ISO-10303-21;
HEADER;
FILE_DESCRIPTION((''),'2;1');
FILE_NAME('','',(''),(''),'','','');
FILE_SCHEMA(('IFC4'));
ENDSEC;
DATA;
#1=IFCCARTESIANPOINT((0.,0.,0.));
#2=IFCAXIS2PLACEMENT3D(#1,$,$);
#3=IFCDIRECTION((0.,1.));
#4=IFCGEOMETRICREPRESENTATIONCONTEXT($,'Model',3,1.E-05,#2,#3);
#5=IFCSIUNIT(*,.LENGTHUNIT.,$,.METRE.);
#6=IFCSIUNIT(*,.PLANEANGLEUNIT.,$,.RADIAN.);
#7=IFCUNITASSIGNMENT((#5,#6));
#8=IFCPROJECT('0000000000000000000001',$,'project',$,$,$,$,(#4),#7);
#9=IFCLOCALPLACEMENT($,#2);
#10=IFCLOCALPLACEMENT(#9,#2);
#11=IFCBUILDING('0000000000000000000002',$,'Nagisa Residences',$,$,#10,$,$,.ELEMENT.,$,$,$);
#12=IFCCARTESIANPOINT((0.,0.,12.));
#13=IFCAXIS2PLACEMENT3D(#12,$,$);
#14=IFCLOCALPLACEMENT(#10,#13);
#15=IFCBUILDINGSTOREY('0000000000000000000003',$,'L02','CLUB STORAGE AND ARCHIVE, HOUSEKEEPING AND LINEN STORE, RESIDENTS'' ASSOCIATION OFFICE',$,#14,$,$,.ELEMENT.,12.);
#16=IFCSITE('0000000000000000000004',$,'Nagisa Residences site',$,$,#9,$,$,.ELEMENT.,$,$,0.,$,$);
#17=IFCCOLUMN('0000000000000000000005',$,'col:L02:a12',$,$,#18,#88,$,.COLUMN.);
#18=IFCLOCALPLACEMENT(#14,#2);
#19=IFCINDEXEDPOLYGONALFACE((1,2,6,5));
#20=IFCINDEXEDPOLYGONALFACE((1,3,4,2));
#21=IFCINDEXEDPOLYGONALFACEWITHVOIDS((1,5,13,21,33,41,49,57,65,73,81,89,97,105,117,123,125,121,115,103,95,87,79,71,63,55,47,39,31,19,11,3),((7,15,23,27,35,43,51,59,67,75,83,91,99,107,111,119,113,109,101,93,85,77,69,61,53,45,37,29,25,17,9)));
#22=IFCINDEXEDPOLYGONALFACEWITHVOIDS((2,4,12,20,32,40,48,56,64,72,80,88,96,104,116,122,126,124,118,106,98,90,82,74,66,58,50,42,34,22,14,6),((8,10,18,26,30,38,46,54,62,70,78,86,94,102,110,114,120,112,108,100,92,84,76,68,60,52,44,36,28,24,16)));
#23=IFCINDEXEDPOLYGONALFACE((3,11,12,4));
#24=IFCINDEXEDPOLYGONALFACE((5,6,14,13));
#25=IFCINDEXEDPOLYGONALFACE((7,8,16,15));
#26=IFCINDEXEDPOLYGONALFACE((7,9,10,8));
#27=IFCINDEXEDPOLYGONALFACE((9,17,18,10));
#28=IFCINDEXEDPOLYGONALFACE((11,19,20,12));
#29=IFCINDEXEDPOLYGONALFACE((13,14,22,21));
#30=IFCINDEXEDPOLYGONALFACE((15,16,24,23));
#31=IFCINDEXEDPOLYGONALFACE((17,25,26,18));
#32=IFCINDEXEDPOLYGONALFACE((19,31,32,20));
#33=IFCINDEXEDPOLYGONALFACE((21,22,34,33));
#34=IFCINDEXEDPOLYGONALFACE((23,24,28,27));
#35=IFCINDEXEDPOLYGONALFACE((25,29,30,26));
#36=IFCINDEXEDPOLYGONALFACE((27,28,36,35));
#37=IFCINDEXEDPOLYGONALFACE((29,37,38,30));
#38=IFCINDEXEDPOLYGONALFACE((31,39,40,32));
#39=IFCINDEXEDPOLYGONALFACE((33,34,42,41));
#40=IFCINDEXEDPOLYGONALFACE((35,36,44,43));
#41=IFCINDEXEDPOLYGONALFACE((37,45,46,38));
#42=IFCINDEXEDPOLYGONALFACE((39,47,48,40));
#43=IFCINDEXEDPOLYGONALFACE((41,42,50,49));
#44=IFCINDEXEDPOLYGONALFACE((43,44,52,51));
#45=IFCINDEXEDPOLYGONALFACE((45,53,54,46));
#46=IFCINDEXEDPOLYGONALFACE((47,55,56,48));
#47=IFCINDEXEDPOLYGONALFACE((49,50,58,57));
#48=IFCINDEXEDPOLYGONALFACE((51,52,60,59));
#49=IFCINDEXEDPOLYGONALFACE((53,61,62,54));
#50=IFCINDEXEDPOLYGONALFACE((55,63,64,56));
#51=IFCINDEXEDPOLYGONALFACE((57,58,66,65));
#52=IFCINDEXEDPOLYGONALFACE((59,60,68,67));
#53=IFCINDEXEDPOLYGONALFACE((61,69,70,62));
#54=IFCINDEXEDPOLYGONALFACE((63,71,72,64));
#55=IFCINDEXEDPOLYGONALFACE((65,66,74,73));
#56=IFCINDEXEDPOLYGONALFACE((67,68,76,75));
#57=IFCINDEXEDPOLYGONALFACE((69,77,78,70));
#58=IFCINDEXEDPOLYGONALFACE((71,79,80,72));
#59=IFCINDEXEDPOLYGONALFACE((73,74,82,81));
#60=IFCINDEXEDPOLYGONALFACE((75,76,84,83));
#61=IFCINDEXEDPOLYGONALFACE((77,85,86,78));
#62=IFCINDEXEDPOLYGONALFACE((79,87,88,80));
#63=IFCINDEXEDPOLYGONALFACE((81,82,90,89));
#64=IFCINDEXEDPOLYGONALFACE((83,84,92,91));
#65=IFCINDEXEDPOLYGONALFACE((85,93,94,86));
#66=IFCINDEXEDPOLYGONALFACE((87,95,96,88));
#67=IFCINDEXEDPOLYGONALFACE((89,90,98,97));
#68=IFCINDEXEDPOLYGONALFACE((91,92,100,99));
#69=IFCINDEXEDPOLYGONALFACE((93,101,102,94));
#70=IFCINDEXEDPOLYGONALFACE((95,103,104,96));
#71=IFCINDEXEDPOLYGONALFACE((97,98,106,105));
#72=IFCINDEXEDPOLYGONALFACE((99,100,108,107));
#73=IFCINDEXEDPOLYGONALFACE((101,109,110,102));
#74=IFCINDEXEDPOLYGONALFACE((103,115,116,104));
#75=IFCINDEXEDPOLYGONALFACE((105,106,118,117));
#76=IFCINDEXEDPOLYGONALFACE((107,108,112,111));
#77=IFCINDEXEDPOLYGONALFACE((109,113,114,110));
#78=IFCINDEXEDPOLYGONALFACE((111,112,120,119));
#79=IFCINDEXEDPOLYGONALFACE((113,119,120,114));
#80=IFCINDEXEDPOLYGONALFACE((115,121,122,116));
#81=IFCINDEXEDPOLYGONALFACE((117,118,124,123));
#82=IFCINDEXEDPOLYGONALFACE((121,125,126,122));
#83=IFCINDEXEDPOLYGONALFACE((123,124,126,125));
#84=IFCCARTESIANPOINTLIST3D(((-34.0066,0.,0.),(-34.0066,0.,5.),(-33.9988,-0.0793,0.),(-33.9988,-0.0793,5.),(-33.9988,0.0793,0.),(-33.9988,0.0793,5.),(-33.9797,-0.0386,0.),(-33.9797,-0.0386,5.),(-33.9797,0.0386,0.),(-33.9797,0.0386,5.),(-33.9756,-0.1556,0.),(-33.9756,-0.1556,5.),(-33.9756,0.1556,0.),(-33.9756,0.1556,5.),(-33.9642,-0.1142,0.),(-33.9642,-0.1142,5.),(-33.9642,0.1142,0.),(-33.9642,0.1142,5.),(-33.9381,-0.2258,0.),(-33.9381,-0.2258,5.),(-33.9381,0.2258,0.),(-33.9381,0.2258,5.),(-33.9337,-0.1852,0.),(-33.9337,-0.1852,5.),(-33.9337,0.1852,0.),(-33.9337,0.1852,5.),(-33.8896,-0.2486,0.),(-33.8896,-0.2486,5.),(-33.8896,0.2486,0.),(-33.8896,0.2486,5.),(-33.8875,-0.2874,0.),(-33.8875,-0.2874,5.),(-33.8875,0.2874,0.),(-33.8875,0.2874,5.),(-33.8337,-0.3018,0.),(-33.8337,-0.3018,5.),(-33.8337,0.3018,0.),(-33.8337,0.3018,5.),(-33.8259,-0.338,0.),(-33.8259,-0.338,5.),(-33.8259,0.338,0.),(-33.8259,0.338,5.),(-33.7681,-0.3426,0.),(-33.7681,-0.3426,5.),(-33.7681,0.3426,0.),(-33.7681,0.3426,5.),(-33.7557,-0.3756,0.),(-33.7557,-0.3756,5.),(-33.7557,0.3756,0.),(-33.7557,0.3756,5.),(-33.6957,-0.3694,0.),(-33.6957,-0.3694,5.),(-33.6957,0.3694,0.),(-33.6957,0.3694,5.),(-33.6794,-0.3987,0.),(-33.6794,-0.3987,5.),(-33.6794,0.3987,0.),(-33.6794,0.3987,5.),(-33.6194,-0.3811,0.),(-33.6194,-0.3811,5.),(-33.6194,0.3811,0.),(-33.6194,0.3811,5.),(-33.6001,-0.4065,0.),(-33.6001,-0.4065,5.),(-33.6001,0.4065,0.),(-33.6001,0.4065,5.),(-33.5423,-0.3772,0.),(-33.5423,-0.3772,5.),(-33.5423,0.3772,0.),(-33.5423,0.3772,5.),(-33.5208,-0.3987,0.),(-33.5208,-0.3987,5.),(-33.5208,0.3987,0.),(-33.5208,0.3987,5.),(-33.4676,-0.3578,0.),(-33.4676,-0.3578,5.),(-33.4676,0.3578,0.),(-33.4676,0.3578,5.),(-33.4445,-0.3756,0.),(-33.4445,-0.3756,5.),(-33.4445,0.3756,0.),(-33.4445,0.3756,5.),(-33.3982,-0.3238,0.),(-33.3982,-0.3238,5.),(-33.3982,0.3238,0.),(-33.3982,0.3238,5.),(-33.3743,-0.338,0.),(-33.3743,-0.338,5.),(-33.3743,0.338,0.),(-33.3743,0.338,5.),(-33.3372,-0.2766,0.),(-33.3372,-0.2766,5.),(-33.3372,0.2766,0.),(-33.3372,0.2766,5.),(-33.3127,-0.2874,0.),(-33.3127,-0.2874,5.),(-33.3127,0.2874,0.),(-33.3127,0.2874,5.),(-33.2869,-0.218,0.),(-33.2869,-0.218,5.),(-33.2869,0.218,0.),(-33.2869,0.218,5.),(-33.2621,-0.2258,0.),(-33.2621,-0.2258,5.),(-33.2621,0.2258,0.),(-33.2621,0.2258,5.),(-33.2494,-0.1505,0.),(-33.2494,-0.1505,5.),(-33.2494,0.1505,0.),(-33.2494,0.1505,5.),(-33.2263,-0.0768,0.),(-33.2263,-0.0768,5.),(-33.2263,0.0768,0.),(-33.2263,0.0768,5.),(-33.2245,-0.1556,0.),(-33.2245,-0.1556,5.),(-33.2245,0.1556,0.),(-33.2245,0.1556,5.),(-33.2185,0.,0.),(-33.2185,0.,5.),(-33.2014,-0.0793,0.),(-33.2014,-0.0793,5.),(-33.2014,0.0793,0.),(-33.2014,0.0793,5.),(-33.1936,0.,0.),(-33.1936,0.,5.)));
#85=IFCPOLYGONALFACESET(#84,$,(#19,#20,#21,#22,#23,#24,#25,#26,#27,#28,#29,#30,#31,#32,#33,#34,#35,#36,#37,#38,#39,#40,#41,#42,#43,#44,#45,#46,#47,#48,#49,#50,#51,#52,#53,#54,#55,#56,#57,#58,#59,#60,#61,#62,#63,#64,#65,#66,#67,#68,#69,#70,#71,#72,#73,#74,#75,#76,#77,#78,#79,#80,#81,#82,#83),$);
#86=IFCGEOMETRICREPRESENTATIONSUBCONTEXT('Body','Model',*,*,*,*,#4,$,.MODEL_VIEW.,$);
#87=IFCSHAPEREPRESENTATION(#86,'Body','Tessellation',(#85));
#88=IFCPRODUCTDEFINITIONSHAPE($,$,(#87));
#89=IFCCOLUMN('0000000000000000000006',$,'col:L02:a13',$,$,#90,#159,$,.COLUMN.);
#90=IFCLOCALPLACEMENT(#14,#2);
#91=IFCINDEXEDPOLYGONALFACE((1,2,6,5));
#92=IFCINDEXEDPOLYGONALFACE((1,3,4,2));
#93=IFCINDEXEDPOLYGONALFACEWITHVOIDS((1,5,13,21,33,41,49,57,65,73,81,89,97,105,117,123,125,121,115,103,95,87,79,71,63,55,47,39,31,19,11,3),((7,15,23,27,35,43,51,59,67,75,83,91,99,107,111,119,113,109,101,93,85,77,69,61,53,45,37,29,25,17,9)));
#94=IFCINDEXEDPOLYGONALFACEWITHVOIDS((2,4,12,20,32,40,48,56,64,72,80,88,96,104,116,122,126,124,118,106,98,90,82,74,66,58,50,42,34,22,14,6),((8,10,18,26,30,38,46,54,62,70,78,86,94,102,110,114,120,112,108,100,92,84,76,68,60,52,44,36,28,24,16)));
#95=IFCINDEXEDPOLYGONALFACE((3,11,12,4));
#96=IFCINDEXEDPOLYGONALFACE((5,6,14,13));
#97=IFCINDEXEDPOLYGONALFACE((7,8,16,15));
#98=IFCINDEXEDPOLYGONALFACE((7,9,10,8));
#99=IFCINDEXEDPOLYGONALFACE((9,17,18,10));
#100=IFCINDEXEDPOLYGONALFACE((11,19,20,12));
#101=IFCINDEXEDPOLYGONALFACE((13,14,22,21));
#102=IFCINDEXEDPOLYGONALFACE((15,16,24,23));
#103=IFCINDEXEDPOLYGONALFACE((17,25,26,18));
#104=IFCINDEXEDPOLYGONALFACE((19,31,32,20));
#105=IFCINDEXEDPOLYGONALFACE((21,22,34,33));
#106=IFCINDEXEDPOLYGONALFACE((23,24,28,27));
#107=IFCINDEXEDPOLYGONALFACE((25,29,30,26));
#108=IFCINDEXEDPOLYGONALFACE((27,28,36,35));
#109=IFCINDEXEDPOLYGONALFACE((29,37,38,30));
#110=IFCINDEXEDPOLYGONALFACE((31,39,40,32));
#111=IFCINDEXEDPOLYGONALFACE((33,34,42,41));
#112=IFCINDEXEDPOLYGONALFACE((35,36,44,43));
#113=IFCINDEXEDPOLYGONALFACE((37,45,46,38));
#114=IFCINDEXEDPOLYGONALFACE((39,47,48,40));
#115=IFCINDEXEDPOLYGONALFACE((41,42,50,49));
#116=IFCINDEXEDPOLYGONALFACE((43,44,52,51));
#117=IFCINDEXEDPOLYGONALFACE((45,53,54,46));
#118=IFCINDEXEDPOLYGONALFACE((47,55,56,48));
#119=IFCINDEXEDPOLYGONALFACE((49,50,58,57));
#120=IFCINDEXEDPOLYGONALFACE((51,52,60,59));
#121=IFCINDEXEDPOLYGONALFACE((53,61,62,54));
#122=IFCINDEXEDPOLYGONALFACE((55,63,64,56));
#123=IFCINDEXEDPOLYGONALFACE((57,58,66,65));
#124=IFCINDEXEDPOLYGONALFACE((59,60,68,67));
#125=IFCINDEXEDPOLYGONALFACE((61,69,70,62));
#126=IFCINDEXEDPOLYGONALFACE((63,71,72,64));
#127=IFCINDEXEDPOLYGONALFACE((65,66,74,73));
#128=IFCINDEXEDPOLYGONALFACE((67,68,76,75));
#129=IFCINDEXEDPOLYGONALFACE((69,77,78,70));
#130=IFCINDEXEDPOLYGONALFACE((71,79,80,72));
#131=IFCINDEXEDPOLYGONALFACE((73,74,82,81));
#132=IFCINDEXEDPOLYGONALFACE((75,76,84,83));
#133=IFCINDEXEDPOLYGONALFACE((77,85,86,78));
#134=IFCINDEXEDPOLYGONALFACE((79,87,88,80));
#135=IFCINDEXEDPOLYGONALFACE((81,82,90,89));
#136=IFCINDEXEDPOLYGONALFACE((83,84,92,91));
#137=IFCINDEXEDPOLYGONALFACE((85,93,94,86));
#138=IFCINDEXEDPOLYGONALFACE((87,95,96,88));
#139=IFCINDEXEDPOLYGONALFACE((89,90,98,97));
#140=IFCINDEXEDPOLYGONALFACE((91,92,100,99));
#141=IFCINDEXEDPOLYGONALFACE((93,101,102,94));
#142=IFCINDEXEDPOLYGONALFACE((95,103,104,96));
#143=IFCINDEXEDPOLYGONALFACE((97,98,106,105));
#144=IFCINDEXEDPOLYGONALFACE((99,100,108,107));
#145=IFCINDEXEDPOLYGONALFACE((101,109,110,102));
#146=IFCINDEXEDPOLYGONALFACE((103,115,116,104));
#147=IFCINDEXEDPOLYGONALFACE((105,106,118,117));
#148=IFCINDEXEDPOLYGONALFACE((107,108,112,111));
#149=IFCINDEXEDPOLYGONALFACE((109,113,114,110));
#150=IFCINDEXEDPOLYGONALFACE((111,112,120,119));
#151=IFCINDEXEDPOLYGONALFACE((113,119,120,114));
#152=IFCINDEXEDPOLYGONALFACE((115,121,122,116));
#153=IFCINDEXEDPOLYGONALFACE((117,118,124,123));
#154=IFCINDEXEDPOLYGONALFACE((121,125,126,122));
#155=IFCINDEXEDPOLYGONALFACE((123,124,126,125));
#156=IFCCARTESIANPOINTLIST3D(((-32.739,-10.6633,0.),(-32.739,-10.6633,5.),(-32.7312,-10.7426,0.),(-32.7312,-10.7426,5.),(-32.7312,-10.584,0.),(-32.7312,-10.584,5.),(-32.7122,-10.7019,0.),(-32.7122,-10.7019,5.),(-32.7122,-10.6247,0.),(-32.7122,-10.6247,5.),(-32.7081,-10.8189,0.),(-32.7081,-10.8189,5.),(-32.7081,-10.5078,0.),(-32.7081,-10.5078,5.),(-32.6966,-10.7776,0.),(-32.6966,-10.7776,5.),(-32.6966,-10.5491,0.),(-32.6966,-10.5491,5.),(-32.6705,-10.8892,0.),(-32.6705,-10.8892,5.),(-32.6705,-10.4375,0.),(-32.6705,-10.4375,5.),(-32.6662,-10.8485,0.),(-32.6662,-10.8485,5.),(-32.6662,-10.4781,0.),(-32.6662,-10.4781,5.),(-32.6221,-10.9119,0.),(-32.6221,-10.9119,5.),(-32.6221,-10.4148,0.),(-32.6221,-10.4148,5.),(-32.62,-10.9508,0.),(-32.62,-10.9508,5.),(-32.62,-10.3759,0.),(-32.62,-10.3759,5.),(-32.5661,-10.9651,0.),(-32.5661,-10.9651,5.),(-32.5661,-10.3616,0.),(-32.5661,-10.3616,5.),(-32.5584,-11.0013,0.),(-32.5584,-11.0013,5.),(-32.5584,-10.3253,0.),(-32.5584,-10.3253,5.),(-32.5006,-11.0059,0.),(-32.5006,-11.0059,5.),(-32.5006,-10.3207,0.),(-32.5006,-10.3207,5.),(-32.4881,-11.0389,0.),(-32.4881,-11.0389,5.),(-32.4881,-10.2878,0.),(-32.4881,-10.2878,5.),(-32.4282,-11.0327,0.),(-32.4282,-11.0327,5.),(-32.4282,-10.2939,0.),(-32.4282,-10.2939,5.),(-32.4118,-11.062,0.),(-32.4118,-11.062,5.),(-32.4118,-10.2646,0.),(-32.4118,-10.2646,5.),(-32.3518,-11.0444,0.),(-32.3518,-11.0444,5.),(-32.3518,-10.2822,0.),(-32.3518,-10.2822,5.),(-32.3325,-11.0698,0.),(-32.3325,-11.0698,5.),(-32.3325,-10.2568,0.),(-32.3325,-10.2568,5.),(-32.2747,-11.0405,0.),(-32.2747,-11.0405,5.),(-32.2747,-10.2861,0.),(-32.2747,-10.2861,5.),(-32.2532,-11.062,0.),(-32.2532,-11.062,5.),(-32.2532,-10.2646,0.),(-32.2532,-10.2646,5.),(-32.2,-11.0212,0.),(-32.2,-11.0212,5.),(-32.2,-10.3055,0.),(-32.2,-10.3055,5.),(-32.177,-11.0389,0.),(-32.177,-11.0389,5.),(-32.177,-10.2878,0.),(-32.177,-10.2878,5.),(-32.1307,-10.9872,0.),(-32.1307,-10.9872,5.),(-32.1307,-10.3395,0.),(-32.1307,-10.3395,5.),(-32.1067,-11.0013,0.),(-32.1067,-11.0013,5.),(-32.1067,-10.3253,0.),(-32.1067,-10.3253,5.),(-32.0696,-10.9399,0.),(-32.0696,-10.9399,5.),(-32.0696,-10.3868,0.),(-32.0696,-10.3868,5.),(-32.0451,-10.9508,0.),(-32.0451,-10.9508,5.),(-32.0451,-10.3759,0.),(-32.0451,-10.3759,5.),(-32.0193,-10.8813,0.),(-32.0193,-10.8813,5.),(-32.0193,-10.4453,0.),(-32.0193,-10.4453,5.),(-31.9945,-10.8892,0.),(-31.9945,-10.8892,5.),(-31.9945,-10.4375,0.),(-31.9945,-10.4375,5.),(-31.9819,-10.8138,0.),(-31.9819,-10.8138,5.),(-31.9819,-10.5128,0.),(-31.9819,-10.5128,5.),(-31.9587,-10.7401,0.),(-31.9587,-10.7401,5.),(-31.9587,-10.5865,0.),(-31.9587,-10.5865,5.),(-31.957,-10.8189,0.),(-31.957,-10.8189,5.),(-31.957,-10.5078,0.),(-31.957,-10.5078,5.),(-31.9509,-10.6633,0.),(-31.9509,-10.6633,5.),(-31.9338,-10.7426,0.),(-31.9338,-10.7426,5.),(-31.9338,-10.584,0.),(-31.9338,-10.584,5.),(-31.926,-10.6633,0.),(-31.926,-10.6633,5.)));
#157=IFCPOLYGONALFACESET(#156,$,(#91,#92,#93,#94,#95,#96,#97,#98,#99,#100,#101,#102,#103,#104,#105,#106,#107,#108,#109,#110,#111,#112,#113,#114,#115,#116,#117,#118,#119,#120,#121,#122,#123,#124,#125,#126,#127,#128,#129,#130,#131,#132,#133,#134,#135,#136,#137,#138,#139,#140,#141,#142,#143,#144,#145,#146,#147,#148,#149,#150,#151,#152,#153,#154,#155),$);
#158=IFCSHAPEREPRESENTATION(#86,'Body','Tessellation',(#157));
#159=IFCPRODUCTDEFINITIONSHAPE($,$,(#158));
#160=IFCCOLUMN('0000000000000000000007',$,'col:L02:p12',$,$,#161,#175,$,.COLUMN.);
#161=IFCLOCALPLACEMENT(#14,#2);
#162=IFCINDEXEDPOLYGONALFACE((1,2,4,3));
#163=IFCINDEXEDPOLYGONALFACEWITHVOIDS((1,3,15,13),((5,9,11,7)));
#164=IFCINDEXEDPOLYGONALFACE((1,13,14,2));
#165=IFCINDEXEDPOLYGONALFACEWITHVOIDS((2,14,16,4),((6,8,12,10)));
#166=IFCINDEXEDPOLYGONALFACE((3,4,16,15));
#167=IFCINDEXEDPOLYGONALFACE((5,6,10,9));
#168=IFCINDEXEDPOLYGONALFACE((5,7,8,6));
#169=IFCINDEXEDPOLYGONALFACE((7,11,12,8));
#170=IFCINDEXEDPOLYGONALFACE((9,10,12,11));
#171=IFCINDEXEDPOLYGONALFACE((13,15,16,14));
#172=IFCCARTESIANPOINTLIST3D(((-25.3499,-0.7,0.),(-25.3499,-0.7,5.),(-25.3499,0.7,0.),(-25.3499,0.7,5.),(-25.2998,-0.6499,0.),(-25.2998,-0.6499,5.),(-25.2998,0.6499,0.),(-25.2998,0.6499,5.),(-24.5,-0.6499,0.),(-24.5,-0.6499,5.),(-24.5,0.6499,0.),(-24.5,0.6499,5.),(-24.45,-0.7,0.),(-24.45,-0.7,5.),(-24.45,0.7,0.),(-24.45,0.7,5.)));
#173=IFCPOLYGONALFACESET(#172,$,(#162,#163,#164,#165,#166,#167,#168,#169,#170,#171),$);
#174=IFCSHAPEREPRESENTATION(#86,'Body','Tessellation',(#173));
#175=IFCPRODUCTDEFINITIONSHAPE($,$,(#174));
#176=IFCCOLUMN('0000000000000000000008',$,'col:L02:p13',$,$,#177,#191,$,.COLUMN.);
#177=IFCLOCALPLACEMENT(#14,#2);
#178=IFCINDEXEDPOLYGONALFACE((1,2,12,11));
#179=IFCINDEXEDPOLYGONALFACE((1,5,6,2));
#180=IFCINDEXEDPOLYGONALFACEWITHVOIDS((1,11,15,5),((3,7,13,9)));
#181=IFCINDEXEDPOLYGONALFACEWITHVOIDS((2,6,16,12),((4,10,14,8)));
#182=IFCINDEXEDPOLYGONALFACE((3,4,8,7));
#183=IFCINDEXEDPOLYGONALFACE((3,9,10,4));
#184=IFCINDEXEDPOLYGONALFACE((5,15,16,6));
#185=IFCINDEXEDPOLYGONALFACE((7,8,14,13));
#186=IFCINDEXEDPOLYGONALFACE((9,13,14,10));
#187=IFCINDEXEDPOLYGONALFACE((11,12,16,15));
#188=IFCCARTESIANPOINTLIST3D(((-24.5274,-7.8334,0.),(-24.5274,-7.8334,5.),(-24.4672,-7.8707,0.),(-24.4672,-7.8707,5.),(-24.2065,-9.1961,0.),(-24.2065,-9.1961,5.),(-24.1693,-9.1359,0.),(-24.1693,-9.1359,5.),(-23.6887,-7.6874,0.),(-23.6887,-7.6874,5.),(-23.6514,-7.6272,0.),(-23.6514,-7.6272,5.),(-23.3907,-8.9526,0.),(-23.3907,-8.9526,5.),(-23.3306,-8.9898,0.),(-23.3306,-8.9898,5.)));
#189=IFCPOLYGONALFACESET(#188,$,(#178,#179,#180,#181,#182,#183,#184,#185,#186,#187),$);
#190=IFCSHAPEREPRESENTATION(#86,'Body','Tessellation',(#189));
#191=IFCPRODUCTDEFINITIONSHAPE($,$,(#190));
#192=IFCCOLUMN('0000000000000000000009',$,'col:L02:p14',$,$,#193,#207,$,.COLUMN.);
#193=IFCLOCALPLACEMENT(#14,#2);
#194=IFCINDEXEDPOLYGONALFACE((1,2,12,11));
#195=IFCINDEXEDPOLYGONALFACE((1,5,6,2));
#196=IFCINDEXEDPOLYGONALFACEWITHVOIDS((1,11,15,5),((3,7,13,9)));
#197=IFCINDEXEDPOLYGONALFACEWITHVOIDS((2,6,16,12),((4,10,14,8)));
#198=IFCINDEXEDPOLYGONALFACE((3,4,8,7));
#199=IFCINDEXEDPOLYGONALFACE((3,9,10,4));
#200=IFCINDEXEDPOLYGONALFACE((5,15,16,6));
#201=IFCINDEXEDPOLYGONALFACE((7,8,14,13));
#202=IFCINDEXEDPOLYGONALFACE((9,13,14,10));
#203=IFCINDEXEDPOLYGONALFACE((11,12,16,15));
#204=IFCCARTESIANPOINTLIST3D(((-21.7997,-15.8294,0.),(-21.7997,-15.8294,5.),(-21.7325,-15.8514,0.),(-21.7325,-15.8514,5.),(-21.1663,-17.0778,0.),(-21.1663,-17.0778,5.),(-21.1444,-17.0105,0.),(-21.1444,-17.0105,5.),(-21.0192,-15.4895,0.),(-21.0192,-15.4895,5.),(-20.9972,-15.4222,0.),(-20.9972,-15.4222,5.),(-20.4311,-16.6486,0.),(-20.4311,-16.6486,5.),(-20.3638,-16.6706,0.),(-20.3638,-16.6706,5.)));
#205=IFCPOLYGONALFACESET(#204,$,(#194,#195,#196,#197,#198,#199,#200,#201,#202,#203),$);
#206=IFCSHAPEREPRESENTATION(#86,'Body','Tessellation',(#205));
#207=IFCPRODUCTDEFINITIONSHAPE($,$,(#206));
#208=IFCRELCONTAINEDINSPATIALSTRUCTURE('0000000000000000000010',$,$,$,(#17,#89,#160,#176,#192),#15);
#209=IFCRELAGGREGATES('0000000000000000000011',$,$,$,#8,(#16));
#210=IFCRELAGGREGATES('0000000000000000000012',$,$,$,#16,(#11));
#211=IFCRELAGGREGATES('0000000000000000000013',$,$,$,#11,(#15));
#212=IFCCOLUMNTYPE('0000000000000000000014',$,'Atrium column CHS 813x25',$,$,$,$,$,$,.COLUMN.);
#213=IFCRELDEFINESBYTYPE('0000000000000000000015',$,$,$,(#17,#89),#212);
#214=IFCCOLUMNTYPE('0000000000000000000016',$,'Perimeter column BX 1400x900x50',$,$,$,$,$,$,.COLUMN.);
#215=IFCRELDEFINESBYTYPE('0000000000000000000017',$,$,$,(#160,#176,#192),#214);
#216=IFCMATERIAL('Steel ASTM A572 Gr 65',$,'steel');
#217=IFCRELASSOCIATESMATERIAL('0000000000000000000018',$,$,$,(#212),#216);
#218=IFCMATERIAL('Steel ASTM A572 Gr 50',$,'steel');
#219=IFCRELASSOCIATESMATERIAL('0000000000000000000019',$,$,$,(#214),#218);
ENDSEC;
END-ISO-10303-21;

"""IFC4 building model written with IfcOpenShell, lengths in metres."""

from ifc_helpers import new_model, si_unit, direction, frame, origin, origin_2d, place, context, subcontext, project, spatial, hollow_rectangle, hollow_circle, extrude, material, material_profile, profile_set, type_object, element, save


model = new_model("IFC4")

# Units and contexts
model_context = context("Model", 3, precision=1e-05, world=origin(), true_north=direction((0.0, 1.0)))
body_context = subcontext(model_context, "Body", "Model", "MODEL_VIEW")
ifc_project = project(units=[si_unit("LENGTHUNIT", "METRE"), si_unit("PLANEANGLEUNIT", "RADIAN")], contexts=[model_context])

# Site, building, storey
site_placement = place(None, origin())
site = spatial("IfcSite", under=ifc_project, at=site_placement, Name="Nagisa Residences site", CompositionType="ELEMENT", RefElevation=0.0)
building_placement = place(site_placement, origin())
building = spatial("IfcBuilding", under=site, at=building_placement, Name="Nagisa Residences", CompositionType="ELEMENT")
storey_placement = place(building_placement, frame((0.0, 0.0, 12.0)))
storey = spatial("IfcBuildingStorey", under=building, at=storey_placement, Name="L02", Description="CLUB STORAGE AND ARCHIVE, HOUSEKEEPING AND LINEN STORE, RESIDENTS' ASSOCIATION OFFICE", CompositionType="ELEMENT", Elevation=12.0)

# Columns
ifc_material_1 = material(Name="Steel ASTM A572 Gr 65", Category="steel")
ifc_material_profile_1 = material_profile(ifc_material_1, hollow_circle(Radius=0.4065, WallThickness=0.0249, at=origin_2d()), Name="CHS 813x25")
ifc_profile_set_1 = profile_set([ifc_material_profile_1], Name="Steel ASTM A572 Gr 65")
column_type_1 = type_object("IfcColumnType", Name="Atrium column CHS 813x25", PredefinedType="COLUMN", material=ifc_profile_set_1)
for number, where, z_axis, x_axis, name in (
    (1, (-33.6001, 0.0, 0.0), (0.0, 0.0, 1.0), (1.0, 0.0, 0.0), "col:L02:a12"),
    (2, (-32.3325, -10.6633, 0.0), (0.0, 0.0, 1.0), (1.0, 0.0, 0.0), "col:L02:a13"),
):
    element("IfcColumn", number, at=place(storey_placement, frame(where, z_axis=z_axis, x_axis=x_axis)), inside=storey, type_object=column_type_1, Name=name, PredefinedType="COLUMN", context=body_context, shape_type="SweptSolid", body=[
        extrude(hollow_circle(Radius=0.4065, WallThickness=0.0249, at=origin_2d()), origin(), (0.0, 0.0, 1.0), 5.0),
    ])
ifc_material_2 = material(Name="Steel ASTM A572 Gr 50", Category="steel")
ifc_material_profile_2 = material_profile(ifc_material_2, hollow_rectangle(XDim=1.3999, YDim=0.8999, WallThickness=0.05, at=origin_2d()), Name="BX 1400x900x50")
ifc_profile_set_2 = profile_set([ifc_material_profile_2], Name="Steel ASTM A572 Gr 50")
column_type_2 = type_object("IfcColumnType", Name="Perimeter column BX 1400x900x50", PredefinedType="COLUMN", material=ifc_profile_set_2)
for number, where, z_axis, x_axis, name in (
    (3, (-24.8999, 0.0, 0.0), (0.0, 0.0, 1.0), (0.0, -1.0, 0.0), "col:L02:p12"),
    (4, (-23.929, -8.4116, 0.0), (0.0, 0.0, 1.0), (0.229202, -0.973379, 0.0), "col:L02:p13"),
    (5, (-21.0818, -16.25, 0.0), (0.0, 0.0, 1.0), (0.452463, -0.891783, 0.0), "col:L02:p14"),
):
    element("IfcColumn", number, at=place(storey_placement, frame(where, z_axis=z_axis, x_axis=x_axis)), inside=storey, type_object=column_type_2, Name=name, PredefinedType="COLUMN", context=body_context, shape_type="SweptSolid", body=[
        extrude(hollow_rectangle(XDim=1.3999, YDim=0.8999, WallThickness=0.05, at=origin_2d()), origin(), (0.0, 0.0, 1.0), 5.0),
    ])

save(model, "model.ifc")
